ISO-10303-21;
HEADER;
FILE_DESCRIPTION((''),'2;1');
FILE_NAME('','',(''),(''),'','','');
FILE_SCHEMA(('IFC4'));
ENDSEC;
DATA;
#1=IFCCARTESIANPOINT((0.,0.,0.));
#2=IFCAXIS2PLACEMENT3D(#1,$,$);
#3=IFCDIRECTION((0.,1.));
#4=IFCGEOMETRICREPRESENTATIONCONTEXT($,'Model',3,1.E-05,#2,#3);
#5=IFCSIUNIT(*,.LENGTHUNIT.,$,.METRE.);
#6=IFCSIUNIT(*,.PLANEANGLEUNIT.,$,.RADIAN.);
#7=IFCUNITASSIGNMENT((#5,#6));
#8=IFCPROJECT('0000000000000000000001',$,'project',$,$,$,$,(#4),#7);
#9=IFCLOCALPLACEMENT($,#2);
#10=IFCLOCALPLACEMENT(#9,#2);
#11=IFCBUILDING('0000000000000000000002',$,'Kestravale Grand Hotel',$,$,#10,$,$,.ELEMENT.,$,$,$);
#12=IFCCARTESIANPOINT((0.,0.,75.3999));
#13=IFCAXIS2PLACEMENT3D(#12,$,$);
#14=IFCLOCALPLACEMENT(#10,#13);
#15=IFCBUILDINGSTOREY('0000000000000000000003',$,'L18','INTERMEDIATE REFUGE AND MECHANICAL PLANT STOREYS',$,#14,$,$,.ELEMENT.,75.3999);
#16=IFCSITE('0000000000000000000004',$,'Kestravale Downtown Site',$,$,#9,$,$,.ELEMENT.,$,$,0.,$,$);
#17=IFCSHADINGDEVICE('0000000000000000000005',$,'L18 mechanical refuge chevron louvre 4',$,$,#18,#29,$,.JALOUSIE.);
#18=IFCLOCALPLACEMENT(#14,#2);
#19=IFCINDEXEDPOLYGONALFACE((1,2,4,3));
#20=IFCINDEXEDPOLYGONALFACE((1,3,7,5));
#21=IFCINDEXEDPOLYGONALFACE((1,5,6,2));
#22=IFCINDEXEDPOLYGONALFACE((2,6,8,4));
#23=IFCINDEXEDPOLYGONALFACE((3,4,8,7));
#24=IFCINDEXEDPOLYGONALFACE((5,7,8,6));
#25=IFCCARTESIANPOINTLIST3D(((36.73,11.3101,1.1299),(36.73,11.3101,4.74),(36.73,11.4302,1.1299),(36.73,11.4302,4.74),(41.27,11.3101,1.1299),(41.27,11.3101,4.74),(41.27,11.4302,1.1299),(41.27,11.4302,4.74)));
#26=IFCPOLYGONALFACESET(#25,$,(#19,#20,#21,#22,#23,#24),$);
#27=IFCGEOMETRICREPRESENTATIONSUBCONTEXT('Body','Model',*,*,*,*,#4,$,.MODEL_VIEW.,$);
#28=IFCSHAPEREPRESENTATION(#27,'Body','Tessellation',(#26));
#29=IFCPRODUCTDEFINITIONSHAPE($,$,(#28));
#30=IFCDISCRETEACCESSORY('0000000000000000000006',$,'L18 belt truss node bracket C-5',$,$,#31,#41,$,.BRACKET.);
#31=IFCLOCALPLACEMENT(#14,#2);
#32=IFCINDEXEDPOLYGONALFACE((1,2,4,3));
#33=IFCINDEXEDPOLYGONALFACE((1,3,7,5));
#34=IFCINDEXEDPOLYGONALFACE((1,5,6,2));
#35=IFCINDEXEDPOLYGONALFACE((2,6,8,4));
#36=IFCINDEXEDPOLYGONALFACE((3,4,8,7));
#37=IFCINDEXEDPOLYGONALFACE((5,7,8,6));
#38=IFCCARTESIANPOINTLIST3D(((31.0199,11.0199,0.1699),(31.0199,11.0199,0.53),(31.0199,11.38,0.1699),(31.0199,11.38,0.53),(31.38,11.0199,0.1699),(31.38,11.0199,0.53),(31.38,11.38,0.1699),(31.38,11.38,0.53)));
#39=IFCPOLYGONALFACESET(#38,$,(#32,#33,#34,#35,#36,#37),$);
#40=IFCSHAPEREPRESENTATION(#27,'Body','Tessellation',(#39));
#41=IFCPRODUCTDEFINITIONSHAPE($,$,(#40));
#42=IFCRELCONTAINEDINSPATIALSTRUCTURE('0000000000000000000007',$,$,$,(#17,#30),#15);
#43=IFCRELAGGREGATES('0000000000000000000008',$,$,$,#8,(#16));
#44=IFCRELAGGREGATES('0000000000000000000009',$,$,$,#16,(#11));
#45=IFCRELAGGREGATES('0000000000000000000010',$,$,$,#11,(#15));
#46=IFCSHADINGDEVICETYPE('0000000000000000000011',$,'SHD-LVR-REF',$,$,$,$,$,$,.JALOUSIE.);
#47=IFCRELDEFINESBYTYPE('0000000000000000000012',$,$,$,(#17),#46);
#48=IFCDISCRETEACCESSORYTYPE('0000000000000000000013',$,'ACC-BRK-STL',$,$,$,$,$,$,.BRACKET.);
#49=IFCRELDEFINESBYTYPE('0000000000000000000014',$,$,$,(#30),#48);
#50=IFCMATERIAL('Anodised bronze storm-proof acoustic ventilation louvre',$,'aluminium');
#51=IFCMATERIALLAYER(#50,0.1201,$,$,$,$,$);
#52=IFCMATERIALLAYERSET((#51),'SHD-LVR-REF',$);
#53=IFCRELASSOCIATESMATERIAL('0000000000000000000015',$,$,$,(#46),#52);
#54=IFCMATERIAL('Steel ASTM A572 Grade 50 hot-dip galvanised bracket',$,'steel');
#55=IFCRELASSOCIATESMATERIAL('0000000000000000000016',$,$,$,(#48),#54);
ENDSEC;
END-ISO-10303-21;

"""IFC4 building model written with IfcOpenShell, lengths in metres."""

from ifc_helpers import new_model, si_unit, direction, frame, origin, origin_2d, place, context, subcontext, project, spatial, rectangle, extrude, material, layer, layer_set, type_object, element, save


model = new_model("IFC4")

# Units and contexts
model_context = context("Model", 3, precision=1e-05, world=origin(), true_north=direction((0.0, 1.0)))
body_context = subcontext(model_context, "Body", "Model", "MODEL_VIEW")
ifc_project = project(units=[si_unit("LENGTHUNIT", "METRE"), si_unit("PLANEANGLEUNIT", "RADIAN")], contexts=[model_context])

# Site, building, storey
site_placement = place(None, origin())
site = spatial("IfcSite", under=ifc_project, at=site_placement, Name="Kestravale Downtown Site", CompositionType="ELEMENT", RefElevation=0.0)
building_placement = place(site_placement, origin())
building = spatial("IfcBuilding", under=site, at=building_placement, Name="Kestravale Grand Hotel", CompositionType="ELEMENT")
storey_placement = place(building_placement, frame((0.0, 0.0, 75.3999)))
storey = spatial("IfcBuildingStorey", under=building, at=storey_placement, Name="L18", Description="INTERMEDIATE REFUGE AND MECHANICAL PLANT STOREYS", CompositionType="ELEMENT", Elevation=75.3999)

# Shading device
ifc_material_1 = material(Name="Anodised bronze storm-proof acoustic ventilation louvre", Category="aluminium")
ifc_layer_1 = layer(ifc_material_1, 0.1201)
ifc_layer_set_1 = layer_set([ifc_layer_1], Name="SHD-LVR-REF")
shading_device_type = type_object("IfcShadingDeviceType", Name="SHD-LVR-REF", PredefinedType="JALOUSIE", material=ifc_layer_set_1)
shading_device_placement = place(storey_placement, frame((39.0, 11.3701, 1.1299), z_axis=(0.0, 0.0, 1.0), x_axis=(1.0, 0.0, 0.0)))
element("IfcShadingDevice", 1, at=shading_device_placement, inside=storey, type_object=shading_device_type, Name="L18 mechanical refuge chevron louvre 4", PredefinedType="JALOUSIE", context=body_context, shape_type="SweptSolid", body=[
    extrude(rectangle(XDim=4.54, YDim=0.1201, at=origin_2d()), origin(), (0.0, 0.0, 1.0), 3.6101),
])

# Discrete accessory
ifc_material_2 = material(Name="Steel ASTM A572 Grade 50 hot-dip galvanised bracket", Category="steel")
discrete_accessory_type = type_object("IfcDiscreteAccessoryType", Name="ACC-BRK-STL", PredefinedType="BRACKET", material=ifc_material_2)
discrete_accessory_placement = place(storey_placement, frame((31.2, 11.2, 0.1699), z_axis=(0.0, 0.0, 1.0), x_axis=(1.0, 0.0, 0.0)))
element("IfcDiscreteAccessory", 2, at=discrete_accessory_placement, inside=storey, type_object=discrete_accessory_type, Name="L18 belt truss node bracket C-5", PredefinedType="BRACKET", context=body_context, shape_type="SweptSolid", body=[
    extrude(rectangle(XDim=0.3601, YDim=0.3601, at=origin_2d()), origin(), (0.0, 0.0, 1.0), 0.3601),
])

save(model, "model.ifc")
